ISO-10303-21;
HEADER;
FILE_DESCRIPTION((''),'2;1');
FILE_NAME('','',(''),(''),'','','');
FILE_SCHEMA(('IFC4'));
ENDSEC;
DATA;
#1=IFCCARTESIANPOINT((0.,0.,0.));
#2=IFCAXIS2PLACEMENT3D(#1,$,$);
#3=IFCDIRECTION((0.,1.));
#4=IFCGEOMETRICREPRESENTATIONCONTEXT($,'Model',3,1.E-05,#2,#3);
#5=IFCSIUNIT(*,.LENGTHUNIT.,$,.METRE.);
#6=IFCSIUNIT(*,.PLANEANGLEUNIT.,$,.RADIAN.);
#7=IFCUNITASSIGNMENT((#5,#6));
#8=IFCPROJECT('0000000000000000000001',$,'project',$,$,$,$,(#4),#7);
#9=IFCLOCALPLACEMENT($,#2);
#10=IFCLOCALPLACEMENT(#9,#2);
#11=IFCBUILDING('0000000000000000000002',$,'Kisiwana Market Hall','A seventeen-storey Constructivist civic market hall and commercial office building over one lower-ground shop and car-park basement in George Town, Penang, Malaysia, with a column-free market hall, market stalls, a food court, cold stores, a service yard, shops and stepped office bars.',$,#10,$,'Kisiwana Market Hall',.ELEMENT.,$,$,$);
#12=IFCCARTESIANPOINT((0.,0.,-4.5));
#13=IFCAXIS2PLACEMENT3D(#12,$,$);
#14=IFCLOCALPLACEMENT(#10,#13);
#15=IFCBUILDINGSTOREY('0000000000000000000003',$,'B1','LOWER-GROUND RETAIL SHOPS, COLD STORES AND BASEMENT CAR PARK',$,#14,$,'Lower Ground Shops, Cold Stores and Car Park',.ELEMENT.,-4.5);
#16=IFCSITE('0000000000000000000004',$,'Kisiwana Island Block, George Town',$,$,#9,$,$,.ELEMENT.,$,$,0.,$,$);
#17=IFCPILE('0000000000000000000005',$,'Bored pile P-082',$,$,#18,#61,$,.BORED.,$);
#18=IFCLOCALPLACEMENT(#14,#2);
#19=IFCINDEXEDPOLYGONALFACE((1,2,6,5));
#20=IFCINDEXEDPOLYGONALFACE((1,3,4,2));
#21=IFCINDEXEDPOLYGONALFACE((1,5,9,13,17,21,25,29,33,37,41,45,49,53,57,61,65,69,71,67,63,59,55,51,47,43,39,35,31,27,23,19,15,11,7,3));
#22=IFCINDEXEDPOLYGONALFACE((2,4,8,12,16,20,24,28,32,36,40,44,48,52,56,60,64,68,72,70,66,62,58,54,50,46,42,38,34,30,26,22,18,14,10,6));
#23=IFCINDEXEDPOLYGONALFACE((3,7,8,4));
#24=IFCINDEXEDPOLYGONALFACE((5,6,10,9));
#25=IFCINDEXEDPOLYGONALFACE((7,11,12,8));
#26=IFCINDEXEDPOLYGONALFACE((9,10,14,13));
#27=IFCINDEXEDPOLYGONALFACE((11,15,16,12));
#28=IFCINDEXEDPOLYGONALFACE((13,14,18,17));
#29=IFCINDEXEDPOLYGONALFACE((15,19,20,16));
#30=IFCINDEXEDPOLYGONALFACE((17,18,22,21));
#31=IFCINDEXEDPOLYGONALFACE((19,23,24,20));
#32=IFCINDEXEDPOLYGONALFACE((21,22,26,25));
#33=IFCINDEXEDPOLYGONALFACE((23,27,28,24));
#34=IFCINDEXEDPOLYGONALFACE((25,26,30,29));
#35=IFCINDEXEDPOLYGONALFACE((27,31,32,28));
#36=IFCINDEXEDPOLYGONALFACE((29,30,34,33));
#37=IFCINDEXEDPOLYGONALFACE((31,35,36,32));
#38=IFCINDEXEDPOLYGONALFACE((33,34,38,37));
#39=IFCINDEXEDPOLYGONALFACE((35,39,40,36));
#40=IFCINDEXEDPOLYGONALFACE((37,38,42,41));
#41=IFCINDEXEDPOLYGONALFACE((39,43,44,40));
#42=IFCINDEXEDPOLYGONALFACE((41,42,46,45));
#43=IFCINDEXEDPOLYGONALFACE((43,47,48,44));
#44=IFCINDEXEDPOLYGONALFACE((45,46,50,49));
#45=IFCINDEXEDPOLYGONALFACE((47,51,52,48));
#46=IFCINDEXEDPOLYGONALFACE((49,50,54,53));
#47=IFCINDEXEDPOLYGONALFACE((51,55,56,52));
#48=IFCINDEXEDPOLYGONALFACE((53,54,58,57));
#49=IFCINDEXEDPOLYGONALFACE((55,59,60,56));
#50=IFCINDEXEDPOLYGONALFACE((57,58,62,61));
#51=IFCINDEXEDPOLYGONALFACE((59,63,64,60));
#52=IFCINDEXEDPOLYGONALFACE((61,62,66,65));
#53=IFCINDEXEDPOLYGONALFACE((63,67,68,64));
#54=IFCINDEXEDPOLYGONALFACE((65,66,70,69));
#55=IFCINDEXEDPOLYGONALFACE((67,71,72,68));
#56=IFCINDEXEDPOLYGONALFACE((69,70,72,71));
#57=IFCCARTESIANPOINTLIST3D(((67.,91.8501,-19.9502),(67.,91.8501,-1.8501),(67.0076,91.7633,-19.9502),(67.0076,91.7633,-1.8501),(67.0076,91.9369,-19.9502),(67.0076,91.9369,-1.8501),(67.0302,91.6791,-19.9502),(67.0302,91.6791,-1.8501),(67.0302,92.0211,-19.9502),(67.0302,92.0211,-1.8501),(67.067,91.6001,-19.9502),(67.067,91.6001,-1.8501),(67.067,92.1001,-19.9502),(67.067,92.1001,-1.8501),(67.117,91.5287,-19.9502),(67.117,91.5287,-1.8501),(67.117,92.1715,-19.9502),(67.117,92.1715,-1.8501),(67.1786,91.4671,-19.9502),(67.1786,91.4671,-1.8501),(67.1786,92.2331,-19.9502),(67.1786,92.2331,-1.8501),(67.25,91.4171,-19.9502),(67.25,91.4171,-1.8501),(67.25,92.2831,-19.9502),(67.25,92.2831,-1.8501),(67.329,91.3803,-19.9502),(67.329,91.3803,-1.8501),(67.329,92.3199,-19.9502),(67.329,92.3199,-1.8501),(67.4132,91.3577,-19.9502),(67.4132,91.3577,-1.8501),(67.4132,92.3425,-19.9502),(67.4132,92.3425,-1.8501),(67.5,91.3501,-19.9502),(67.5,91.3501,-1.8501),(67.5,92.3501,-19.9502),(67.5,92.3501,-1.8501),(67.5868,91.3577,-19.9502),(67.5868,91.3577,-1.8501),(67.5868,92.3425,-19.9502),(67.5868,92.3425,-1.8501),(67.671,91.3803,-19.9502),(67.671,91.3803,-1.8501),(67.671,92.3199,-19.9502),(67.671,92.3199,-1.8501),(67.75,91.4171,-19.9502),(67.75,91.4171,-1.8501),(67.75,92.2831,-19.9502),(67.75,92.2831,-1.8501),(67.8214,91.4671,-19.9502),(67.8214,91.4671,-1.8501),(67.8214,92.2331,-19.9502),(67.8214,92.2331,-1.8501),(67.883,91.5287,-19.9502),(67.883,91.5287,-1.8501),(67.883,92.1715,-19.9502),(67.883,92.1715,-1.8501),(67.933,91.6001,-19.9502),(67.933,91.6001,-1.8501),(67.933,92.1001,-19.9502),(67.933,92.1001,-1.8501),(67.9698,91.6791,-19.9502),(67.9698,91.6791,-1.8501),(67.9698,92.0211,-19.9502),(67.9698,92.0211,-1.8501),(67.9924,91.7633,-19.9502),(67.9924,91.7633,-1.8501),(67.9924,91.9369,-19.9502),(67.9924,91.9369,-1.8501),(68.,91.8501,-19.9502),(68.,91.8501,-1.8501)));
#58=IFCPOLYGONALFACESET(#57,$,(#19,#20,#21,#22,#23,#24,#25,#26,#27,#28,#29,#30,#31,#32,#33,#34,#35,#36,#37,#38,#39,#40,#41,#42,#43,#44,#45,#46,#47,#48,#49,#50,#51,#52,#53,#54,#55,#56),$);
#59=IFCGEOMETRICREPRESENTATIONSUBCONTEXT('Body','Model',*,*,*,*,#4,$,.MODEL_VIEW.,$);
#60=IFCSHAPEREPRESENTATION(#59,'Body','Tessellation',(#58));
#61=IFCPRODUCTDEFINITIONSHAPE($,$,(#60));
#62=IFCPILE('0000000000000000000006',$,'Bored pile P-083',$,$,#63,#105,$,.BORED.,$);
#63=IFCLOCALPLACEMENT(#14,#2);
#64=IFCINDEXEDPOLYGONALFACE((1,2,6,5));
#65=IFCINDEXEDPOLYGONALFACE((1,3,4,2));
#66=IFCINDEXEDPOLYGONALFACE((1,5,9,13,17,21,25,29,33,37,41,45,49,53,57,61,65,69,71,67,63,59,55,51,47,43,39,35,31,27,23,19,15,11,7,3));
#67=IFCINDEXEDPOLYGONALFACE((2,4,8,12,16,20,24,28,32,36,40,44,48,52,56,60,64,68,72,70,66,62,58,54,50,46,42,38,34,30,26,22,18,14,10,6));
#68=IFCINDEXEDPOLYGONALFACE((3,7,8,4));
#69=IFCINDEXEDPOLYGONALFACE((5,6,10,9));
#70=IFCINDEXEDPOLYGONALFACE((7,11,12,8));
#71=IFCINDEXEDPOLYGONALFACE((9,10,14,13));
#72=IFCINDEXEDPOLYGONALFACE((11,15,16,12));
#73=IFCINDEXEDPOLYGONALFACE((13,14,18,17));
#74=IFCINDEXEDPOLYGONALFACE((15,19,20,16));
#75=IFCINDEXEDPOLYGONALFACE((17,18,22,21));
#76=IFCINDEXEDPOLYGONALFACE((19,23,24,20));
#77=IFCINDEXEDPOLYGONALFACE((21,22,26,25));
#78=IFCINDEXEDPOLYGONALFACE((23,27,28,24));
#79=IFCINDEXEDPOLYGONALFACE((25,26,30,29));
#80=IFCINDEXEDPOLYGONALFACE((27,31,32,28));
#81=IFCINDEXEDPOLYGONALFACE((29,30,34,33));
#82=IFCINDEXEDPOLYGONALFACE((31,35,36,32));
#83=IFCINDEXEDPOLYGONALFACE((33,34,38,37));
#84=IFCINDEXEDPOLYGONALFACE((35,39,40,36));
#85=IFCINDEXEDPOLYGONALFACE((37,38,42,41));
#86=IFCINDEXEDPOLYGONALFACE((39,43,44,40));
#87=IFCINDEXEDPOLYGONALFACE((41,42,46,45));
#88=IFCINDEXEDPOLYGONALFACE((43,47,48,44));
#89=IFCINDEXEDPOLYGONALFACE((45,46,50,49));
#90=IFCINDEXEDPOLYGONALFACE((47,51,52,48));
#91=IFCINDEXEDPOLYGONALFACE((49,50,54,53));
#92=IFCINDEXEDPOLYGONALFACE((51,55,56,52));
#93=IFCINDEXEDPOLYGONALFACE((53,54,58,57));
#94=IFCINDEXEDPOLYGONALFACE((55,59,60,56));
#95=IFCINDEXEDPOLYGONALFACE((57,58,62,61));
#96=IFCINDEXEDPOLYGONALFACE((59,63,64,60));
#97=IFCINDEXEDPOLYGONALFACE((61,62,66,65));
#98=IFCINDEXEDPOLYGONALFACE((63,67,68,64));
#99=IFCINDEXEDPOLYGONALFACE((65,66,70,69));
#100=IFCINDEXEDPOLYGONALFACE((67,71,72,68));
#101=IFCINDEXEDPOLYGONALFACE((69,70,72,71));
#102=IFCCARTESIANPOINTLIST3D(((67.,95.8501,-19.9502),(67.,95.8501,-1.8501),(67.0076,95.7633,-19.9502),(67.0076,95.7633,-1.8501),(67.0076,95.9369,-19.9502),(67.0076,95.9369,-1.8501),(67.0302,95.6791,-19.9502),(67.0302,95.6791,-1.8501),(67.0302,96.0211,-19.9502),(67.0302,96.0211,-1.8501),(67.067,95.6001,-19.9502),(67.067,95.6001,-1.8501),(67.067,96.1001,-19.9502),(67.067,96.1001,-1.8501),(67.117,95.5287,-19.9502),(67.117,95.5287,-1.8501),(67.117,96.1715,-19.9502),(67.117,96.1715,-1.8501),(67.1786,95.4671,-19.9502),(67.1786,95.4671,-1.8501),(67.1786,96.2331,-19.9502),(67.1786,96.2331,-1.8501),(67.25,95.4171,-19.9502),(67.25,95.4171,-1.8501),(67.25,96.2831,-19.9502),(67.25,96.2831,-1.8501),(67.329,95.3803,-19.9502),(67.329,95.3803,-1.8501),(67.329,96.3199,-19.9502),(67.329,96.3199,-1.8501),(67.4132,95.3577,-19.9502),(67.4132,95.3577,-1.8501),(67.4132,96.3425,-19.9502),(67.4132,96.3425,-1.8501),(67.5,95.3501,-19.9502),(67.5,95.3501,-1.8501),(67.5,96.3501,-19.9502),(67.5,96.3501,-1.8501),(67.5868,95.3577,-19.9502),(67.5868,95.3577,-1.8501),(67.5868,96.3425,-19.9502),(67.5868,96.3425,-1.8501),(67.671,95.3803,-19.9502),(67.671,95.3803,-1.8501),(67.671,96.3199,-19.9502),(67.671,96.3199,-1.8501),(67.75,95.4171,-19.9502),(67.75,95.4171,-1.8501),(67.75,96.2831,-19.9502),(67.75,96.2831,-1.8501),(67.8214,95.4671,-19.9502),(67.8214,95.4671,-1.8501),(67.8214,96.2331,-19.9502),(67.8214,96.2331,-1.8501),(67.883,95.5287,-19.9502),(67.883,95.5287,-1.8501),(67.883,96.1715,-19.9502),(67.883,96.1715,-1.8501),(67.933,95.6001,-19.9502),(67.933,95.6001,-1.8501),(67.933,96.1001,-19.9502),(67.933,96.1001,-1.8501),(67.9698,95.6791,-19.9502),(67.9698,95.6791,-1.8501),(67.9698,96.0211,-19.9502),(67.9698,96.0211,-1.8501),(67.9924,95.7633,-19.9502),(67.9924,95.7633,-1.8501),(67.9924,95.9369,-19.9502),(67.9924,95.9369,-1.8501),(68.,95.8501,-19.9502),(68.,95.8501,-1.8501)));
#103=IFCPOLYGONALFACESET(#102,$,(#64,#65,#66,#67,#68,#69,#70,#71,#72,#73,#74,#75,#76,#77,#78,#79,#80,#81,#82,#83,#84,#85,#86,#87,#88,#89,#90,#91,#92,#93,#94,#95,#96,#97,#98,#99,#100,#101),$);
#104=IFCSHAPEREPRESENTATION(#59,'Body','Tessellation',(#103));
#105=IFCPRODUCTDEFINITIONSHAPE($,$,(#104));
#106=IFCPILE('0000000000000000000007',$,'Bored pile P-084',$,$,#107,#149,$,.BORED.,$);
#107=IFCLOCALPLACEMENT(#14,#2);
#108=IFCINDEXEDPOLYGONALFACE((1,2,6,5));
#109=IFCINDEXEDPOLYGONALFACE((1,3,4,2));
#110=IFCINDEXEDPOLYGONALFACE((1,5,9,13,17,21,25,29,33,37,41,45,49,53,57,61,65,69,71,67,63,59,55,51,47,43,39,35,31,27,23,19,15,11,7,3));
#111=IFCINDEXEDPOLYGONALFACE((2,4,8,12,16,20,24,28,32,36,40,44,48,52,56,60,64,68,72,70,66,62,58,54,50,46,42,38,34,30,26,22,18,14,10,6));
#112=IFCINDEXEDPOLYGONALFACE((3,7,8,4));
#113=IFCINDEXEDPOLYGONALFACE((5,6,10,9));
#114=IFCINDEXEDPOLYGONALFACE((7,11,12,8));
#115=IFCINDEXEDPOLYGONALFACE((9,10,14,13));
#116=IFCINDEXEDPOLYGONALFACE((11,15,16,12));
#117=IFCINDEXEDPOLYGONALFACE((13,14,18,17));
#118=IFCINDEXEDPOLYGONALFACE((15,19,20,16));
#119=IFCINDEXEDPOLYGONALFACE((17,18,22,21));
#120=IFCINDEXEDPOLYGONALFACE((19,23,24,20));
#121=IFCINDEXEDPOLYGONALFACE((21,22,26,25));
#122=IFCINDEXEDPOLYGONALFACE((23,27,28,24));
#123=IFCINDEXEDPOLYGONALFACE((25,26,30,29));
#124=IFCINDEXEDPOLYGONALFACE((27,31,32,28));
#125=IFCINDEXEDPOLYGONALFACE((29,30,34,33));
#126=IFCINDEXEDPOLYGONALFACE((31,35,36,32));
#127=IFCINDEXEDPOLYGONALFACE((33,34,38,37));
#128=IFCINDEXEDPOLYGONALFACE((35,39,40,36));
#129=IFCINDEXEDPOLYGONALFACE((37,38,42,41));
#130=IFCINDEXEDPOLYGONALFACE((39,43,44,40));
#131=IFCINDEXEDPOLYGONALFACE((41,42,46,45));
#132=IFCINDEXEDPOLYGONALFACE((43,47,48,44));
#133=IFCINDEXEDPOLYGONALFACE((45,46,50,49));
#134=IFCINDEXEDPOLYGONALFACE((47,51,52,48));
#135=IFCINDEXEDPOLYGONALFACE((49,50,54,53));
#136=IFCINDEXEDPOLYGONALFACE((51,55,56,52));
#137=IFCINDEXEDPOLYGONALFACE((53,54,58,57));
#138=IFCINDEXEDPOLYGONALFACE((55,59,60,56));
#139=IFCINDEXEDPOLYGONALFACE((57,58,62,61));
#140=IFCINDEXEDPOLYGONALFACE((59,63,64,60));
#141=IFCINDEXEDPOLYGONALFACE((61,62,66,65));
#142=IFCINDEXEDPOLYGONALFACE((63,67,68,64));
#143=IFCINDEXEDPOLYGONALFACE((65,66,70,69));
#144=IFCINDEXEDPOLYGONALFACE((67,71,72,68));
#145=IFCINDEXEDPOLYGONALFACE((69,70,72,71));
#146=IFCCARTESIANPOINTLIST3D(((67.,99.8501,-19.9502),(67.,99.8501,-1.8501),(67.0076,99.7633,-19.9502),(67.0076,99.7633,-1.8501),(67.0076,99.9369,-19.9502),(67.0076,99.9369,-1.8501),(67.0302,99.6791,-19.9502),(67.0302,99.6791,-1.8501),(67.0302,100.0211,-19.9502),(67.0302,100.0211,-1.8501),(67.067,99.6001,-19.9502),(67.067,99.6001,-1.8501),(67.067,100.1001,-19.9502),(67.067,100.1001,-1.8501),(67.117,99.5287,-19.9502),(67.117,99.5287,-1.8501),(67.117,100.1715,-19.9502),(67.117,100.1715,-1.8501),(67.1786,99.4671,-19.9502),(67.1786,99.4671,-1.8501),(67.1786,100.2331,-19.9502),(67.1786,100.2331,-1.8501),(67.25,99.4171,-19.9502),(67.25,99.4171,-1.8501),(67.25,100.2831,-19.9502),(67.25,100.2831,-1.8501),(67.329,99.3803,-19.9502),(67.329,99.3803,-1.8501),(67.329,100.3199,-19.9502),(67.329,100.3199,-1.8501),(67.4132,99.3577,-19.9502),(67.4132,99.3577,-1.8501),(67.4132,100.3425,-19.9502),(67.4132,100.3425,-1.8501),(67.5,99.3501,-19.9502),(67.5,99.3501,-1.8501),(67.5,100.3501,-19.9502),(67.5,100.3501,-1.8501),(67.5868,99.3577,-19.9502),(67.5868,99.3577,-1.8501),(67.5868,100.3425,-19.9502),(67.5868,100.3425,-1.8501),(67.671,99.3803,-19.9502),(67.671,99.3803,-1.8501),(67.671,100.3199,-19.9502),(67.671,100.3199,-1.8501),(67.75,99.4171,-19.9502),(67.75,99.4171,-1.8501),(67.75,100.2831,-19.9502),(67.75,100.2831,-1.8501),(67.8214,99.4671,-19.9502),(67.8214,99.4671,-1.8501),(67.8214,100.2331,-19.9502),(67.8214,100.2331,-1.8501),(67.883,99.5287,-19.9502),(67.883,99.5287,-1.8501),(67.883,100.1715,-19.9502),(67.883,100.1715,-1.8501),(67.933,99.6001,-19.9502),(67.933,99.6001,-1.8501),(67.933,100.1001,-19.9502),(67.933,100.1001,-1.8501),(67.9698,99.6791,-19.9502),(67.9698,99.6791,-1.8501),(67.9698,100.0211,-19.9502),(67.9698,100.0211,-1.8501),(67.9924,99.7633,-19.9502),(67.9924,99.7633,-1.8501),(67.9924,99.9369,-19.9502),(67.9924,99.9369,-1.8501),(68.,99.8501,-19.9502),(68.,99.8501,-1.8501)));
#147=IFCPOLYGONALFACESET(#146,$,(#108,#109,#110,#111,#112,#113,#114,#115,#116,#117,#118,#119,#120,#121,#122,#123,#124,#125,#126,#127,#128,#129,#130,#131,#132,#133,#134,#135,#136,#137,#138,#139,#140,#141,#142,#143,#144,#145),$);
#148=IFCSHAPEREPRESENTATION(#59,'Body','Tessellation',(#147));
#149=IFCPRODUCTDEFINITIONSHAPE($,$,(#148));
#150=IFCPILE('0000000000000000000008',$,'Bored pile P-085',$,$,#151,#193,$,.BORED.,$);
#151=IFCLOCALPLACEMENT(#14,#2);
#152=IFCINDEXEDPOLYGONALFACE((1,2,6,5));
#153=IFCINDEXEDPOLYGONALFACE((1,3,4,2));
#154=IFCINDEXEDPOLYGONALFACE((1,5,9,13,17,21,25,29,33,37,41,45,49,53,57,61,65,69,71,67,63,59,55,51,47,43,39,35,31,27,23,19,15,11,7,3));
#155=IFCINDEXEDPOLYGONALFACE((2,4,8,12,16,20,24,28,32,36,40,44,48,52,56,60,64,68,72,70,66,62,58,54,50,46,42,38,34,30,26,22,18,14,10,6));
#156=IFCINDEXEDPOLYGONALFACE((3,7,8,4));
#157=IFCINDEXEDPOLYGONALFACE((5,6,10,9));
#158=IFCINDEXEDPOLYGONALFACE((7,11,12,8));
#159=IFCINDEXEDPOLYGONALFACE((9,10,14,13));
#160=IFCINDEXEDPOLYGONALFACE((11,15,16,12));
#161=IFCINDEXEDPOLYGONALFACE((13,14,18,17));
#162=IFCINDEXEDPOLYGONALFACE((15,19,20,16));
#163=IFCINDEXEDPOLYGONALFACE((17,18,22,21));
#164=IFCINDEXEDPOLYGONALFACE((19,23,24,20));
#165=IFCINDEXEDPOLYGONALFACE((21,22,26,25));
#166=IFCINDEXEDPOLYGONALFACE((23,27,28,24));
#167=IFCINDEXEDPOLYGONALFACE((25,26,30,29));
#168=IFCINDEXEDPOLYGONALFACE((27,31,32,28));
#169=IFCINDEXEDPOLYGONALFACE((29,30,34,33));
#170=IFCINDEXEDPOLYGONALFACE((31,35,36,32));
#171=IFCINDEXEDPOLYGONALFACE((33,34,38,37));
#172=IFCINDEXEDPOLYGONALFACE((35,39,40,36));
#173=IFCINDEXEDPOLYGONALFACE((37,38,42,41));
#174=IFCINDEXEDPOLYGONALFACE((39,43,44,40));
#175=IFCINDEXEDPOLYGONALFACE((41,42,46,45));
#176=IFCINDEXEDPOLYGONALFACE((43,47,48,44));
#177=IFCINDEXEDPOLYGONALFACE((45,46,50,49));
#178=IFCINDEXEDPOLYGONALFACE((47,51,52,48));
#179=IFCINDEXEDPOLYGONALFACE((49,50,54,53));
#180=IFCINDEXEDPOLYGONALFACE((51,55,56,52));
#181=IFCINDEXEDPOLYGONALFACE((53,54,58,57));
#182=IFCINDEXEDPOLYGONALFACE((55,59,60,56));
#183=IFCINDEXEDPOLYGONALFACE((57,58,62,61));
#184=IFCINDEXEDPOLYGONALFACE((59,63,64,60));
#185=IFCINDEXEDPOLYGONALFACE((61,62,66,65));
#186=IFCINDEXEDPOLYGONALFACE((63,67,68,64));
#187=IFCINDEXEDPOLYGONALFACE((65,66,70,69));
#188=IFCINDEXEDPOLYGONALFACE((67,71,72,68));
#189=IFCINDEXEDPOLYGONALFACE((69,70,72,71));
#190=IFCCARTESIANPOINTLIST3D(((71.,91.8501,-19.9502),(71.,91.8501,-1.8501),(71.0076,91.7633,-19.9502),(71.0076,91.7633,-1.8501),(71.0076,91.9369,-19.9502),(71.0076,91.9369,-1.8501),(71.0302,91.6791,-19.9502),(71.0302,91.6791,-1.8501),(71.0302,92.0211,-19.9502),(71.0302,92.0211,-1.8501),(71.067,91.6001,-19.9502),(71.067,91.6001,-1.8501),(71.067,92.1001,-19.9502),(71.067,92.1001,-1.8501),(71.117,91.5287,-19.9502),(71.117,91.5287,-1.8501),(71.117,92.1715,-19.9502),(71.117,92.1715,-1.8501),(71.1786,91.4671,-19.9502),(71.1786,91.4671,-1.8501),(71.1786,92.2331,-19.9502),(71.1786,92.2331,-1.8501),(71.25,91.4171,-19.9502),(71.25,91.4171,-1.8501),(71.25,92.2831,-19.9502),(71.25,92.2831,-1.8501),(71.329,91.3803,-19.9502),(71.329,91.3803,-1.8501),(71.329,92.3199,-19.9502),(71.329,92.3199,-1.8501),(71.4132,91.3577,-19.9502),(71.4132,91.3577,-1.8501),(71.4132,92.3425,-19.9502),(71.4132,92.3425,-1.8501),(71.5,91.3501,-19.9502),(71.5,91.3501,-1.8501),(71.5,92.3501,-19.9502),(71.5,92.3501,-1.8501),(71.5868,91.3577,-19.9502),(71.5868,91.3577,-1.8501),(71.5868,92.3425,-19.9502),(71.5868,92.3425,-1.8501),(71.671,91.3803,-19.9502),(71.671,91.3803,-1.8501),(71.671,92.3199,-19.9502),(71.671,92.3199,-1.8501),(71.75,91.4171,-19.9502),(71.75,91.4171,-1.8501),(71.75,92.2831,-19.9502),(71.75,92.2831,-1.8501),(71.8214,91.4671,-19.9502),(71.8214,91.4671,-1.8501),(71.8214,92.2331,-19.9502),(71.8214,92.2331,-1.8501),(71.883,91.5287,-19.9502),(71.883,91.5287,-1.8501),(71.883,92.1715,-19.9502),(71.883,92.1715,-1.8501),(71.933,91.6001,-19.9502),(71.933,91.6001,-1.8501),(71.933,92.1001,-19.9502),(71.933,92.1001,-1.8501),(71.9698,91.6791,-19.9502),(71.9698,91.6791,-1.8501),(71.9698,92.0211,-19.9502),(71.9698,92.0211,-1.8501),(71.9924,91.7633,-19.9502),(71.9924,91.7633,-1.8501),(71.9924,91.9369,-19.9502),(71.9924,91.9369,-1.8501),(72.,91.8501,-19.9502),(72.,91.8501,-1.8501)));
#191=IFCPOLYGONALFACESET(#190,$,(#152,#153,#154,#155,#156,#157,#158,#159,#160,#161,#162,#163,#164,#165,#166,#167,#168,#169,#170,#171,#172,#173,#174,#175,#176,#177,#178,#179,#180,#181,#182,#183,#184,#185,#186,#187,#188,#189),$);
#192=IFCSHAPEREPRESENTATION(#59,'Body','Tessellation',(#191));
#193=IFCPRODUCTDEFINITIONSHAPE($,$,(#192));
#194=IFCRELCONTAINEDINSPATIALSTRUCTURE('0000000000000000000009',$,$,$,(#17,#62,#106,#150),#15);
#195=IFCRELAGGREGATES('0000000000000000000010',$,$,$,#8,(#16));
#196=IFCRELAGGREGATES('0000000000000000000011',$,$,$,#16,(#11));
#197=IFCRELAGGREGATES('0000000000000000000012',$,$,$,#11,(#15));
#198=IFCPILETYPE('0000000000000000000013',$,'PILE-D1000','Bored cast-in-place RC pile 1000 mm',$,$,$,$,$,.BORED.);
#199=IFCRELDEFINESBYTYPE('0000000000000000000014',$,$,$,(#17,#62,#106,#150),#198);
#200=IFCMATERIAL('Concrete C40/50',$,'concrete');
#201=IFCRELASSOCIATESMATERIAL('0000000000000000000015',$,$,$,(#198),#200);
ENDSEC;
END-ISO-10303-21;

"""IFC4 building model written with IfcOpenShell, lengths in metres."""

from ifc_helpers import new_model, si_unit, direction, frame, origin, origin_2d, place, context, subcontext, project, spatial, circle, extrude, material, material_profile, profile_set, type_object, element, save


model = new_model("IFC4")

# Units and contexts
model_context = context("Model", 3, precision=1e-05, world=origin(), true_north=direction((0.0, 1.0)))
body_context = subcontext(model_context, "Body", "Model", "MODEL_VIEW")
ifc_project = project(units=[si_unit("LENGTHUNIT", "METRE"), si_unit("PLANEANGLEUNIT", "RADIAN")], contexts=[model_context])

# Site, building, storey
site_placement = place(None, origin())
site = spatial("IfcSite", under=ifc_project, at=site_placement, Name="Kisiwana Island Block, George Town", CompositionType="ELEMENT", RefElevation=0.0)
building_placement = place(site_placement, origin())
building = spatial("IfcBuilding", under=site, at=building_placement, Name="Kisiwana Market Hall", Description="A seventeen-storey Constructivist civic market hall and commercial office building over one lower-ground shop and car-park basement in George Town, Penang, Malaysia, with a column-free market hall, market stalls, a food court, cold stores, a service yard, shops and stepped office bars.", LongName="Kisiwana Market Hall", CompositionType="ELEMENT")
storey_placement = place(building_placement, frame((0.0, 0.0, -4.5)))
storey = spatial("IfcBuildingStorey", under=building, at=storey_placement, Name="B1", Description="LOWER-GROUND RETAIL SHOPS, COLD STORES AND BASEMENT CAR PARK", LongName="Lower Ground Shops, Cold Stores and Car Park", CompositionType="ELEMENT", Elevation=-4.5)

# Piles
ifc_material_1 = material(Name="Concrete C40/50", Category="concrete")
ifc_material_profile_1 = material_profile(ifc_material_1, circle(Radius=0.5, at=origin_2d()), Name="BP D1000")
ifc_profile_set_1 = profile_set([ifc_material_profile_1], Name="Concrete C40/50")
pile_type_1 = type_object("IfcPileType", Name="PILE-D1000", Description="Bored cast-in-place RC pile 1000 mm", PredefinedType="BORED", material=ifc_profile_set_1)
for number, where, z_axis, x_axis, name in (
    (1, (67.5, 91.8501, -1.8501), (0.0, 0.0, -1.0), (1.0, 0.0, 0.0), "Bored pile P-082"),
    (2, (67.5, 95.8501, -1.8501), (0.0, 0.0, -1.0), (1.0, 0.0, 0.0), "Bored pile P-083"),
    (3, (67.5, 99.8501, -1.8501), (0.0, 0.0, -1.0), (1.0, 0.0, 0.0), "Bored pile P-084"),
    (4, (71.5, 91.8501, -1.8501), (0.0, 0.0, -1.0), (1.0, 0.0, 0.0), "Bored pile P-085"),
):
    element("IfcPile", number, at=place(storey_placement, frame(where, z_axis=z_axis, x_axis=x_axis)), inside=storey, type_object=pile_type_1, Name=name, PredefinedType="BORED", context=body_context, shape_type="SweptSolid", body=[
        extrude(circle(Radius=0.5, at=origin_2d()), origin(), (0.0, 0.0, 1.0), 18.1001),
    ])

save(model, "model.ifc")
